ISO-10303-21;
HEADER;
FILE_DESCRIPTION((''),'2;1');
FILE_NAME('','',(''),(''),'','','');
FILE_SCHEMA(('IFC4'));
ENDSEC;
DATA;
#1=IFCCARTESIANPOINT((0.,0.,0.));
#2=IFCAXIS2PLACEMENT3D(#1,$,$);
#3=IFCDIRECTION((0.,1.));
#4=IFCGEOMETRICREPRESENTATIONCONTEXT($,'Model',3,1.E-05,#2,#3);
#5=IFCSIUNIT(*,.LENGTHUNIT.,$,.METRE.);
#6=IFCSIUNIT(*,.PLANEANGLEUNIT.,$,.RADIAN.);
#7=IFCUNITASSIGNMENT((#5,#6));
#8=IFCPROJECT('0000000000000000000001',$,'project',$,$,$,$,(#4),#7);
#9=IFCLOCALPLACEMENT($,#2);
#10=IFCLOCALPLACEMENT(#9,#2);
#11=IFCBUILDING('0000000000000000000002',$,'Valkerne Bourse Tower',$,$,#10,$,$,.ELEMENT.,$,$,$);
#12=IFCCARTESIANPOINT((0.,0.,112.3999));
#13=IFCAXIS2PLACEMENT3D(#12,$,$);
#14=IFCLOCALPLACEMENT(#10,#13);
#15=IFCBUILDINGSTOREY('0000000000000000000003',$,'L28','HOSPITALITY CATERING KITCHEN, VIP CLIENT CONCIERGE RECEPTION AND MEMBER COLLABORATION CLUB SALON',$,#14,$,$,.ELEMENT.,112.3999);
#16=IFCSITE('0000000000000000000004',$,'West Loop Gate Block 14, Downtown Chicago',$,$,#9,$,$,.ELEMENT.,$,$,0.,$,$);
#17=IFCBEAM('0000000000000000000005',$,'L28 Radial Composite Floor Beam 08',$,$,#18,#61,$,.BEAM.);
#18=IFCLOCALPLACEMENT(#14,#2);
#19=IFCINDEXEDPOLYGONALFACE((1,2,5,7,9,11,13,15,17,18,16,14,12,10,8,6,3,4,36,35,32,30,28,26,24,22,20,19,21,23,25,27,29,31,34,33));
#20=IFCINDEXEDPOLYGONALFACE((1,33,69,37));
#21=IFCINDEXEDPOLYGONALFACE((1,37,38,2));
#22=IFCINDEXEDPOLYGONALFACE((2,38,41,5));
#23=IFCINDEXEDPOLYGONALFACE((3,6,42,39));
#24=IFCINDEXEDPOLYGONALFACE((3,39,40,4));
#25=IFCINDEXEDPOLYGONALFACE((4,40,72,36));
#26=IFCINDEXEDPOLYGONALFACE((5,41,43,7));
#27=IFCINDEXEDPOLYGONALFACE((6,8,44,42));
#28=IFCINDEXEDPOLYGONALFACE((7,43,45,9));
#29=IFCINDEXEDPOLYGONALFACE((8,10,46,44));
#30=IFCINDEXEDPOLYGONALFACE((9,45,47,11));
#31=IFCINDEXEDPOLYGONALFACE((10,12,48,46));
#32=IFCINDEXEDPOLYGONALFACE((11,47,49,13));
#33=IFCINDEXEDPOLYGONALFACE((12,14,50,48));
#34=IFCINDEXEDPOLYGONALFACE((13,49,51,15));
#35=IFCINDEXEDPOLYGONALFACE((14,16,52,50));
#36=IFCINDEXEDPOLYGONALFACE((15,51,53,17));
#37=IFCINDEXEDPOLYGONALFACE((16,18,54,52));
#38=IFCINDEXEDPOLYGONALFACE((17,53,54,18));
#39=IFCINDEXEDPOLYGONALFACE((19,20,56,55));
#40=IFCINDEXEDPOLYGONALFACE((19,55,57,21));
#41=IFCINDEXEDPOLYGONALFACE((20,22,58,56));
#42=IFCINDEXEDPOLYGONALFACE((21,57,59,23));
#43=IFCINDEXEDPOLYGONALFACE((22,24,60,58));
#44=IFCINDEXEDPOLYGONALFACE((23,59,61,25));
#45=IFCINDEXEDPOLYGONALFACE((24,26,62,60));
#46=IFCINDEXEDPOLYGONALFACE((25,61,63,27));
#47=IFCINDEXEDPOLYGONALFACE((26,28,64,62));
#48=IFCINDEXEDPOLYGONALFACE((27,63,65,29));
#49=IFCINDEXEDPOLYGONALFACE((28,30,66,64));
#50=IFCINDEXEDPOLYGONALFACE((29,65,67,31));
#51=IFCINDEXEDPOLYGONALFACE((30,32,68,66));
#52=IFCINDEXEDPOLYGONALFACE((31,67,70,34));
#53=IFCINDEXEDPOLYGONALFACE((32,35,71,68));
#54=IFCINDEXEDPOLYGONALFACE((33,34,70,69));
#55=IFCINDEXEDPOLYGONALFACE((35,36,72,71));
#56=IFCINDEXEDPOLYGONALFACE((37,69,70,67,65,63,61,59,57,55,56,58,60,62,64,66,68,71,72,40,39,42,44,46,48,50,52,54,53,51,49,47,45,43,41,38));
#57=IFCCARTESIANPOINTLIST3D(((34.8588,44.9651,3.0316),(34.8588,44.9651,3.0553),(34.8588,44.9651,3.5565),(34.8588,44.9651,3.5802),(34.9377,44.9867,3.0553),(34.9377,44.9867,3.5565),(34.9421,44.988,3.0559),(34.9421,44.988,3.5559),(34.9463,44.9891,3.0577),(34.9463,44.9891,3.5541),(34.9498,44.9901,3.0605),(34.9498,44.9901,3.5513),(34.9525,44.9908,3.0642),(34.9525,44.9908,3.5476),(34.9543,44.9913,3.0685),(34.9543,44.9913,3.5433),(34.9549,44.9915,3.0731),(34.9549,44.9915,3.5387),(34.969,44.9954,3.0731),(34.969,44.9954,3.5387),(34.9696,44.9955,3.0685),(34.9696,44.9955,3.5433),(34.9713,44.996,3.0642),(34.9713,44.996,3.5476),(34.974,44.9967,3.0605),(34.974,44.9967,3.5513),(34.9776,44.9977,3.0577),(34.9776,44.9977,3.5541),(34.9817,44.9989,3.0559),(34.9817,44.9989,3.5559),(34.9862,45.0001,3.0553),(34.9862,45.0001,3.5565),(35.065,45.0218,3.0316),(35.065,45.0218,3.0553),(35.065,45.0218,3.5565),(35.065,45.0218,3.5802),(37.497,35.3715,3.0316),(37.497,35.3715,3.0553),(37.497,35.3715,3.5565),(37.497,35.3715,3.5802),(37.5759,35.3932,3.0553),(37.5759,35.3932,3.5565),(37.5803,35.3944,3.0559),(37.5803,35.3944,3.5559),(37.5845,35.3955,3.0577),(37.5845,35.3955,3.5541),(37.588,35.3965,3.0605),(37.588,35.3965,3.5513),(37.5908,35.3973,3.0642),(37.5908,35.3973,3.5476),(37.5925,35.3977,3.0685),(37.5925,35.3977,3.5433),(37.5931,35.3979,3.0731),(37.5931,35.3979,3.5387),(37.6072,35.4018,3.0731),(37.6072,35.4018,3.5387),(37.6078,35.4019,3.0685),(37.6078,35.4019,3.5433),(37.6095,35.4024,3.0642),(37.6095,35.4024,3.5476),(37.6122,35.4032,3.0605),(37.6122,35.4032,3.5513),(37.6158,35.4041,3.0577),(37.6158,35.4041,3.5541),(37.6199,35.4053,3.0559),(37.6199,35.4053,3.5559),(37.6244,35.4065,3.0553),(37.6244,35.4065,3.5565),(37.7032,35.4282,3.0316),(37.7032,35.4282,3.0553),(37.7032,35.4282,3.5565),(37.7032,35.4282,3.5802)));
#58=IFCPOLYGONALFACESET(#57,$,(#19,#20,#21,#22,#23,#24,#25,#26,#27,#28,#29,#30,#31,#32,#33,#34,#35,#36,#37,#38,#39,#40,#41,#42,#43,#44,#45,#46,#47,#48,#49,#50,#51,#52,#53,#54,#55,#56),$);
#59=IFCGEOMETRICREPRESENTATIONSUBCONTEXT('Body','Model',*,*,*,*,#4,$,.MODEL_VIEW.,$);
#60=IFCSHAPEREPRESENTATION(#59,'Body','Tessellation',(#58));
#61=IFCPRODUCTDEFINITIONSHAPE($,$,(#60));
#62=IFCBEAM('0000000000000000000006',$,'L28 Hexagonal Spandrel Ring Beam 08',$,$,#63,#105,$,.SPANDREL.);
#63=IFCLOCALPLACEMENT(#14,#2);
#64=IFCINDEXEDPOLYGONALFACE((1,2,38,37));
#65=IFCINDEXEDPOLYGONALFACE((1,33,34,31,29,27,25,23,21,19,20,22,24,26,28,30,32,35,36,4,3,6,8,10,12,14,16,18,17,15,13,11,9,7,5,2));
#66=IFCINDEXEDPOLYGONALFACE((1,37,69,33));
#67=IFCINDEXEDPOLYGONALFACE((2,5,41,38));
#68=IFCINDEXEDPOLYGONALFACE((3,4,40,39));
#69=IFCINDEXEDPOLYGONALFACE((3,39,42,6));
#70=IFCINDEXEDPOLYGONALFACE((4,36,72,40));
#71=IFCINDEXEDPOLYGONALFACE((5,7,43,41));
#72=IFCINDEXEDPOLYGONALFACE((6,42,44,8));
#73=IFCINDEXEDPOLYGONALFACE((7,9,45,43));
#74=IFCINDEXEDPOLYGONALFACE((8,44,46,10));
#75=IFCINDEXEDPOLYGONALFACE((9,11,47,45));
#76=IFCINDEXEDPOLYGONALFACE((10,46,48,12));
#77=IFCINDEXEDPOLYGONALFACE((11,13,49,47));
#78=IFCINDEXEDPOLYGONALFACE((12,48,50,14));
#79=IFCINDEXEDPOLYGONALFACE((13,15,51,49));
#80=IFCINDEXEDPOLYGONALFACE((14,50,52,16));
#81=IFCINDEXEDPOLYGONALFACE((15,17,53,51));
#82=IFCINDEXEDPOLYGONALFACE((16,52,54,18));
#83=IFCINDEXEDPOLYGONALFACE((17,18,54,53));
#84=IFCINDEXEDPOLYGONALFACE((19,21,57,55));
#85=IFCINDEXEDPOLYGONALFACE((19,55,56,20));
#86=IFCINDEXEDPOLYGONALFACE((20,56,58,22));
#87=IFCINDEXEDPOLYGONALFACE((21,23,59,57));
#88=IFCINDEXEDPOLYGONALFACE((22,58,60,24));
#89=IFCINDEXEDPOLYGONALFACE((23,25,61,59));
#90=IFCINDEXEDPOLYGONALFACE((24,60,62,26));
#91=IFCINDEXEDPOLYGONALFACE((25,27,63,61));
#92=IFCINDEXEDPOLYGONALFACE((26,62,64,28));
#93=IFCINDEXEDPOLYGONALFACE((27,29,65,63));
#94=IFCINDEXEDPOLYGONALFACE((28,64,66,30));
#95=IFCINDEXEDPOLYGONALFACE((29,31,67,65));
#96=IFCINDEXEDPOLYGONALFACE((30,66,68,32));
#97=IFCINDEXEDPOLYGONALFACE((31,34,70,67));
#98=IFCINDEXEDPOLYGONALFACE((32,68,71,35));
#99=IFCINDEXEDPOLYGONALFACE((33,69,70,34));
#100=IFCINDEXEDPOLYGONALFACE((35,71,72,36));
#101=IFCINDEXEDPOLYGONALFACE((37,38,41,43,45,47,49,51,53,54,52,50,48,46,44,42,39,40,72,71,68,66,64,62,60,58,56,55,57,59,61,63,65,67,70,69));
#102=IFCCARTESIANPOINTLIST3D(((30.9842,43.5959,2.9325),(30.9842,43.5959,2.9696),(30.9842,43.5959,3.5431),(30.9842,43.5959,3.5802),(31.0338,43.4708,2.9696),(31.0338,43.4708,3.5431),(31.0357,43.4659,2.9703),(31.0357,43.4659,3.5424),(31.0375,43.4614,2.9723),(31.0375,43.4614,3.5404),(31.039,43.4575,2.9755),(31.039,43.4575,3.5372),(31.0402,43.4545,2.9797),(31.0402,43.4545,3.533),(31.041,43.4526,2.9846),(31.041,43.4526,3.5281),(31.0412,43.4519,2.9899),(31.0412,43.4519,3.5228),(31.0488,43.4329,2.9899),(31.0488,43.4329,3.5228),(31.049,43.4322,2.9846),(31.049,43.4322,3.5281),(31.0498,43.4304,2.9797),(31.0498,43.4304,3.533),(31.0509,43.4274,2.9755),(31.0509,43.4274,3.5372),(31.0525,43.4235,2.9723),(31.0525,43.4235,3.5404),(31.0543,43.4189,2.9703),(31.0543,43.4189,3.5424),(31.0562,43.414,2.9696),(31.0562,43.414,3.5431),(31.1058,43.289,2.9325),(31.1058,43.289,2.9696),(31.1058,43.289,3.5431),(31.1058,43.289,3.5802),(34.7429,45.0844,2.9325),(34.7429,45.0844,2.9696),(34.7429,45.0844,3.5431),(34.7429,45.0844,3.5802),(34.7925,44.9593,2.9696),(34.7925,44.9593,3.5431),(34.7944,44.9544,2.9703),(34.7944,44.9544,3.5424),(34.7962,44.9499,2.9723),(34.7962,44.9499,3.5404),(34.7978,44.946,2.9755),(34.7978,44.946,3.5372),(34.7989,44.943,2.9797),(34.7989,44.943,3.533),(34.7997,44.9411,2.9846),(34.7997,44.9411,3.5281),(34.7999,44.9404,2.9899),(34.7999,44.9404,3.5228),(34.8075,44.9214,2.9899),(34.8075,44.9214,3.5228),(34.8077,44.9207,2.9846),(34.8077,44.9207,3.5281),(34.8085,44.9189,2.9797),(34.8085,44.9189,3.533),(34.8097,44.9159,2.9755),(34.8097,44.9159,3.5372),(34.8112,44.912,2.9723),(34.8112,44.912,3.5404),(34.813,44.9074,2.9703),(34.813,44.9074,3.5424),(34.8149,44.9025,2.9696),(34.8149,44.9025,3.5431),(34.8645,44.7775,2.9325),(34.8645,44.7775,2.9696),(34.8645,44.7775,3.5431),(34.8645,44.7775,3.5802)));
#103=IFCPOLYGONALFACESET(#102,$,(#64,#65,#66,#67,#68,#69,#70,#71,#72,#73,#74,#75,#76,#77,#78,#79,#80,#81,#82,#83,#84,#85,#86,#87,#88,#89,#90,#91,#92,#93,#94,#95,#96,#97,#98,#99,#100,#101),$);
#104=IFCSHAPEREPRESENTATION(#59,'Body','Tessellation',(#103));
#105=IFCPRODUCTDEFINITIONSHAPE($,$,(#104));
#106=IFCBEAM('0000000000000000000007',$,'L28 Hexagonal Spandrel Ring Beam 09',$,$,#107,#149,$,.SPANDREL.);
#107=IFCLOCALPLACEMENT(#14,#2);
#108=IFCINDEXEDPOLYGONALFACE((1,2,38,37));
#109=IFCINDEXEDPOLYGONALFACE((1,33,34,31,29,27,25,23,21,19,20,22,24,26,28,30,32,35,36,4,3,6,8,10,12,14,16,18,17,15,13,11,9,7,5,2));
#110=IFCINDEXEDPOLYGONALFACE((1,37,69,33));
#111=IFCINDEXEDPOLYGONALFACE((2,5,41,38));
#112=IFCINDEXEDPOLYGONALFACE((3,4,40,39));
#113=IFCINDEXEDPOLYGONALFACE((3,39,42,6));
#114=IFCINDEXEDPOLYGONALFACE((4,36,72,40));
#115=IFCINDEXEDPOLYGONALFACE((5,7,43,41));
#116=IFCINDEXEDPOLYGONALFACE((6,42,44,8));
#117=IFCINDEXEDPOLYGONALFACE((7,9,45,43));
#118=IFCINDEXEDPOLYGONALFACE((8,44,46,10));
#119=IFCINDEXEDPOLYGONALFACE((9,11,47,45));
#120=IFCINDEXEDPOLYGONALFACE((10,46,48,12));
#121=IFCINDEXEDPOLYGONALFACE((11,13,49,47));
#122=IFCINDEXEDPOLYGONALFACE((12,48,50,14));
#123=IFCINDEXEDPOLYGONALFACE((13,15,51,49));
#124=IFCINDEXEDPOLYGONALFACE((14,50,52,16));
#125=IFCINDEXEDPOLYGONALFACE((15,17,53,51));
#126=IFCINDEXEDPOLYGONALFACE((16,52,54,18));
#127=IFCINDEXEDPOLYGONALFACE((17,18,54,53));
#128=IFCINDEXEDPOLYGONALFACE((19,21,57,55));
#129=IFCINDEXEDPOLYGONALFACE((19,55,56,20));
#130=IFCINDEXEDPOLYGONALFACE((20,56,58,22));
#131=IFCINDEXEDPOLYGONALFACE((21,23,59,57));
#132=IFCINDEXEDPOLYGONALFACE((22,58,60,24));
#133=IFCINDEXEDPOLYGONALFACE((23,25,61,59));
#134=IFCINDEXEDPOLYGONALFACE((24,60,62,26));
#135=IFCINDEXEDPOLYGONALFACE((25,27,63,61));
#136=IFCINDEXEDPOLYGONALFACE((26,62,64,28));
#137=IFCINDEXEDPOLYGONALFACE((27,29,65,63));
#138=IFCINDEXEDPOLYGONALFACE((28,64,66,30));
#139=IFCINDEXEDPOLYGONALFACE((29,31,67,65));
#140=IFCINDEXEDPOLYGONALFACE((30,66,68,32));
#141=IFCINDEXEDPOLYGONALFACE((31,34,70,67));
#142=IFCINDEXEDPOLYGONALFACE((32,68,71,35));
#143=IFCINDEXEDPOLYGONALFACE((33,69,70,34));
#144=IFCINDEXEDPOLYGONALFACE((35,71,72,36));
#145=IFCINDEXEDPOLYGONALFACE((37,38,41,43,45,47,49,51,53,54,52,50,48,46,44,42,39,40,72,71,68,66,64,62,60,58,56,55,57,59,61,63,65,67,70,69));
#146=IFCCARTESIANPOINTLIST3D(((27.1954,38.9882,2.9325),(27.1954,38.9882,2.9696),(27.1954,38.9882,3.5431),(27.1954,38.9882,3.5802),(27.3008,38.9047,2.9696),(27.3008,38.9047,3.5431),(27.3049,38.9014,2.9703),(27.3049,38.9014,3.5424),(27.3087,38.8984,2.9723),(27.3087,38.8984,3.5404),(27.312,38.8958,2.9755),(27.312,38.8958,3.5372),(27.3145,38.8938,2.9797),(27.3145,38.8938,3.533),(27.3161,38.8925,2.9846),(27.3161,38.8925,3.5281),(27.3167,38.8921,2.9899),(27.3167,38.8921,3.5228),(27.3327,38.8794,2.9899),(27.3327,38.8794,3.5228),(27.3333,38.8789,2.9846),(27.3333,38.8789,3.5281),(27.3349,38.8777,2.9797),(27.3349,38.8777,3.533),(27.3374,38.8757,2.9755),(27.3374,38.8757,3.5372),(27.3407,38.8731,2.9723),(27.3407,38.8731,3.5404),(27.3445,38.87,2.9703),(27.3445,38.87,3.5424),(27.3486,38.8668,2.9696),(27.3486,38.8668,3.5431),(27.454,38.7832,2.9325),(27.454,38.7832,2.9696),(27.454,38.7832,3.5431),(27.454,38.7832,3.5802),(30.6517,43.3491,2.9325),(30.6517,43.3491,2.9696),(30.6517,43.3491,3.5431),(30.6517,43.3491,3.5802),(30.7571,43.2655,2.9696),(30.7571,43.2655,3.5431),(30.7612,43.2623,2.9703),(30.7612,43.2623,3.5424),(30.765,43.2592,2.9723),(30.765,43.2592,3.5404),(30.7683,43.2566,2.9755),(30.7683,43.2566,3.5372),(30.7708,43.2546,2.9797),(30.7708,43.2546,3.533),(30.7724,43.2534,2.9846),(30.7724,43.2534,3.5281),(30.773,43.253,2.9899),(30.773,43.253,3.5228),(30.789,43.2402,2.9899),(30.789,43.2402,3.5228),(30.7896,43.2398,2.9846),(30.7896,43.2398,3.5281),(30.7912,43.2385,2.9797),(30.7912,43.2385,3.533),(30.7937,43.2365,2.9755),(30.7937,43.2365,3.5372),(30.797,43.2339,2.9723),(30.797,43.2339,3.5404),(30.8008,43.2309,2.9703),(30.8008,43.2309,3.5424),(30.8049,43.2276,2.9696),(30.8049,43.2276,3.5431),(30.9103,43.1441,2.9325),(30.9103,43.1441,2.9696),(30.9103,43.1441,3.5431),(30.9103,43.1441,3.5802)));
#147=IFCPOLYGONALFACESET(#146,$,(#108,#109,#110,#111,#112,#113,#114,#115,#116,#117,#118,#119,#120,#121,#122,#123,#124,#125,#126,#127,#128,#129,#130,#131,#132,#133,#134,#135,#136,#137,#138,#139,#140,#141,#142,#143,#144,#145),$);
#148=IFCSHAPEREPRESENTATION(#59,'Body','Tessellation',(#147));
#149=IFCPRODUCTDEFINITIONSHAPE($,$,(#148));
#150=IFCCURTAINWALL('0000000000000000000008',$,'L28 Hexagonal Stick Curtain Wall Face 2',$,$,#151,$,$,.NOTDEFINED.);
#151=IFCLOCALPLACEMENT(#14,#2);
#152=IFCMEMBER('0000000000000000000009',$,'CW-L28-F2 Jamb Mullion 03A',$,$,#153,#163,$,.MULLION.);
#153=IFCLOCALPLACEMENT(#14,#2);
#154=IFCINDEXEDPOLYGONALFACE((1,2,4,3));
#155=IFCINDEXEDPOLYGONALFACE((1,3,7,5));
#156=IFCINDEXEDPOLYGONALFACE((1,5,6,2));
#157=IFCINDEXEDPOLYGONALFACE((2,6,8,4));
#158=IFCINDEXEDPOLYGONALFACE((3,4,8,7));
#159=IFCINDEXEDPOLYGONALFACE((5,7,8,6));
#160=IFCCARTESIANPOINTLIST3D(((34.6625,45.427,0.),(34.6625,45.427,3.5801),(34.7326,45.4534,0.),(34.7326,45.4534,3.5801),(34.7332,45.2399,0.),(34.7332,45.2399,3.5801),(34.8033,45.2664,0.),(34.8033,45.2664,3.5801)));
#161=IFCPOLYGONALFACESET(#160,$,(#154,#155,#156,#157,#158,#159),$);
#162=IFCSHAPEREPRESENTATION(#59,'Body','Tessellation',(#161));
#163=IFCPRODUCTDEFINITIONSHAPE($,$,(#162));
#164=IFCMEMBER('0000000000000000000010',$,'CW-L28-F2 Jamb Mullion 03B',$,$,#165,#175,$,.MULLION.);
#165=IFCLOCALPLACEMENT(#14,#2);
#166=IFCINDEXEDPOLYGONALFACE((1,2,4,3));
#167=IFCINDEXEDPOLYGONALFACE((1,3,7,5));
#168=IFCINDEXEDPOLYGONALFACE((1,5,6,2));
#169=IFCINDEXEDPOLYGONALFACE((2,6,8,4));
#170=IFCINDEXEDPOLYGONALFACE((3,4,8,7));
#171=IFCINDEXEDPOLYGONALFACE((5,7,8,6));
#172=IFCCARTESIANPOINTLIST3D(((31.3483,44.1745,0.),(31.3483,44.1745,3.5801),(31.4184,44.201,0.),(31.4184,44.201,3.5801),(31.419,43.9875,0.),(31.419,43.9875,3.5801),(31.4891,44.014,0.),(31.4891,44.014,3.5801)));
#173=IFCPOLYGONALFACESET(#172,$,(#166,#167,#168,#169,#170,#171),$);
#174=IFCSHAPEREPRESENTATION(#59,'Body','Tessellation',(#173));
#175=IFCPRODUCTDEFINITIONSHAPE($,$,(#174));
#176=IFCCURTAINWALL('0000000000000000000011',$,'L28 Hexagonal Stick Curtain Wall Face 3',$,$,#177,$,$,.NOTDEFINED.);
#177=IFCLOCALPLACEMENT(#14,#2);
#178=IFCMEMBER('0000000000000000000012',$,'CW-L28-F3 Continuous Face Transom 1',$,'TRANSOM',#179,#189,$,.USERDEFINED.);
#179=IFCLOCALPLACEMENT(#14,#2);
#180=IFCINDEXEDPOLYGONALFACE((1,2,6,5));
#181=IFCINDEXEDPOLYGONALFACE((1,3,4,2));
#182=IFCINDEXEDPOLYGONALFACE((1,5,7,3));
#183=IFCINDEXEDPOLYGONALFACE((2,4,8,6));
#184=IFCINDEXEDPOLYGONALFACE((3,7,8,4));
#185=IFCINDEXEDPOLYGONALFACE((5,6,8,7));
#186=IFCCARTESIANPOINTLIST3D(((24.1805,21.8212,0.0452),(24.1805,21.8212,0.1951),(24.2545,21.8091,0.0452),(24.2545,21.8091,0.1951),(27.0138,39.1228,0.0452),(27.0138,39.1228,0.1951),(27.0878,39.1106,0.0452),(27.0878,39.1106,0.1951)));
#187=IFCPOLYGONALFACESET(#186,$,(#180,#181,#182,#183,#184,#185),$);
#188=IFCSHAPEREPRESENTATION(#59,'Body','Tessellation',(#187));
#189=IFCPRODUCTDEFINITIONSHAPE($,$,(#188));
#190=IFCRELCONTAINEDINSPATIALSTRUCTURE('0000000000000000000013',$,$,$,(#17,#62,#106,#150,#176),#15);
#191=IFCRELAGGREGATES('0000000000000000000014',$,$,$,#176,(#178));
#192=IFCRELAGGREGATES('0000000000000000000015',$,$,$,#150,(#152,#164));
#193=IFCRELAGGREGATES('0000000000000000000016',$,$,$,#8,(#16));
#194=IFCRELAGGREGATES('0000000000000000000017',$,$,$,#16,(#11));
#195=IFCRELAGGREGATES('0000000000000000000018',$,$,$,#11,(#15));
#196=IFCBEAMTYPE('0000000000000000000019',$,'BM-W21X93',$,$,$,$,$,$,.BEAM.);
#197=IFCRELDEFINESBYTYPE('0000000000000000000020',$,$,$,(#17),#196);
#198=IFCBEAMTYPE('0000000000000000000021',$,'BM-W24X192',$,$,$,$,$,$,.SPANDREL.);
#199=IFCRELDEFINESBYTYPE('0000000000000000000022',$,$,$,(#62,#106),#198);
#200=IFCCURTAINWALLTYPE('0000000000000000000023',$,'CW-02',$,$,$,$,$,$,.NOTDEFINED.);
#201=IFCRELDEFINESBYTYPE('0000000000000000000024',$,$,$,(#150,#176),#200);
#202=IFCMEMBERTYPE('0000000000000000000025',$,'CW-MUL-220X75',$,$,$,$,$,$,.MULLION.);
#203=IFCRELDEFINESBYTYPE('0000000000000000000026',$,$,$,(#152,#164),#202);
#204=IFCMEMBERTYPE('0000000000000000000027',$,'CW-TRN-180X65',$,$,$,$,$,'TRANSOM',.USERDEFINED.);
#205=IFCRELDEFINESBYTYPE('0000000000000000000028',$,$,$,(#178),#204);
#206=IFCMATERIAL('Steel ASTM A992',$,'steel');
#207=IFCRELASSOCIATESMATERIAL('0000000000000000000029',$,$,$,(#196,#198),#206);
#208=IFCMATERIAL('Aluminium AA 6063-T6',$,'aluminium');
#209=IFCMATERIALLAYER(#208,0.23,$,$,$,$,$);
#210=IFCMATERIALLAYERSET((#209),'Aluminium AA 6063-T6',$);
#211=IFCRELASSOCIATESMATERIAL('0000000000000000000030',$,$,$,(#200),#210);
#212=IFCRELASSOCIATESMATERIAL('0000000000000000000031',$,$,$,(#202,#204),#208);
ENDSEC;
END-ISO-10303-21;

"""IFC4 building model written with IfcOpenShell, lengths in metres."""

from ifc_helpers import new_model, si_unit, direction, frame, origin, origin_2d, place, context, subcontext, project, spatial, rectangle, i_section, extrude, material, layer, layer_set, material_profile, profile_set, type_object, element, aggregate, save


model = new_model("IFC4")

# Units and contexts
model_context = context("Model", 3, precision=1e-05, world=origin(), true_north=direction((0.0, 1.0)))
body_context = subcontext(model_context, "Body", "Model", "MODEL_VIEW")
ifc_project = project(units=[si_unit("LENGTHUNIT", "METRE"), si_unit("PLANEANGLEUNIT", "RADIAN")], contexts=[model_context])

# Site, building, storey
site_placement = place(None, origin())
site = spatial("IfcSite", under=ifc_project, at=site_placement, Name="West Loop Gate Block 14, Downtown Chicago", CompositionType="ELEMENT", RefElevation=0.0)
building_placement = place(site_placement, origin())
building = spatial("IfcBuilding", under=site, at=building_placement, Name="Valkerne Bourse Tower", CompositionType="ELEMENT")
storey_placement = place(building_placement, frame((0.0, 0.0, 112.3999)))
storey = spatial("IfcBuildingStorey", under=building, at=storey_placement, Name="L28", Description="HOSPITALITY CATERING KITCHEN, VIP CLIENT CONCIERGE RECEPTION AND MEMBER COLLABORATION CLUB SALON", CompositionType="ELEMENT", Elevation=112.3999)

# Beams
ifc_material_1 = material(Name="Steel ASTM A992", Category="steel")
ifc_material_profile_1 = material_profile(ifc_material_1, i_section(OverallWidth=0.2139, OverallDepth=0.5486, WebThickness=0.0146, FlangeThickness=0.0237, FilletRadius=0.0178, at=origin_2d()), Name="W21X93")
ifc_profile_set_1 = profile_set([ifc_material_profile_1], Name="Steel ASTM A992")
beam_type_1 = type_object("IfcBeamType", Name="BM-W21X93", PredefinedType="BEAM", material=ifc_profile_set_1)
beam_1_placement = place(storey_placement, frame((34.9619, 44.9934, 3.3059), z_axis=(0.265154, -0.964206, 0.0), x_axis=(0.964206, 0.265154, 0.0)))
element("IfcBeam", 1, at=beam_1_placement, inside=storey, type_object=beam_type_1, Name="L28 Radial Composite Floor Beam 08", PredefinedType="BEAM", context=body_context, shape_type="SweptSolid", body=[
    extrude(i_section(OverallWidth=0.2139, OverallDepth=0.5486, WebThickness=0.0146, FlangeThickness=0.0237, FilletRadius=0.0178, at=origin_2d()), origin(), (0.0, 0.0, 1.0), 9.9497),
])
ifc_material_profile_2 = material_profile(ifc_material_1, i_section(OverallWidth=0.3301, OverallDepth=0.6477, WebThickness=0.0205, FlangeThickness=0.0371, FilletRadius=0.0203, at=origin_2d()), Name="W24X192")
ifc_profile_set_2 = profile_set([ifc_material_profile_2], Name="Steel ASTM A992")
beam_type_2 = type_object("IfcBeamType", Name="BM-W24X192", PredefinedType="SPANDREL", material=ifc_profile_set_2)
beam_2_placement = place(storey_placement, frame((34.8037, 44.9309, 3.2563), z_axis=(-0.92975, -0.368192, 0.0), x_axis=(0.368192, -0.92975, 0.0)))
element("IfcBeam", 2, at=beam_2_placement, inside=storey, type_object=beam_type_2, Name="L28 Hexagonal Spandrel Ring Beam 08", PredefinedType="SPANDREL", context=body_context, shape_type="SweptSolid", body=[
    extrude(i_section(OverallWidth=0.3301, OverallDepth=0.6477, WebThickness=0.0205, FlangeThickness=0.0371, FilletRadius=0.0203, at=origin_2d()), origin(), (0.0, 0.0, 1.0), 4.0427),
])
beam_3_placement = place(storey_placement, frame((30.781, 43.2466, 3.2563), z_axis=(-0.621141, -0.783699, 0.0), x_axis=(0.783699, -0.621141, 0.0)))
element("IfcBeam", 3, at=beam_3_placement, inside=storey, type_object=beam_type_2, Name="L28 Hexagonal Spandrel Ring Beam 09", PredefinedType="SPANDREL", context=body_context, shape_type="SweptSolid", body=[
    extrude(i_section(OverallWidth=0.3301, OverallDepth=0.6477, WebThickness=0.0205, FlangeThickness=0.0371, FilletRadius=0.0203, at=origin_2d()), origin(), (0.0, 0.0, 1.0), 5.5645),
])

# Curtain walls, members
ifc_material_2 = material(Name="Aluminium AA 6063-T6", Category="aluminium")
ifc_layer_1 = layer(ifc_material_2, 0.23)
ifc_layer_set_1 = layer_set([ifc_layer_1], Name="Aluminium AA 6063-T6")
curtain_wall_type = type_object("IfcCurtainWallType", Name="CW-02", PredefinedType="NOTDEFINED", material=ifc_layer_set_1)
curtain_wall_1_placement = place(storey_placement, origin())
curtain_wall_1 = element("IfcCurtainWall", 4, at=curtain_wall_1_placement, inside=storey, type_object=curtain_wall_type, Name="L28 Hexagonal Stick Curtain Wall Face 2", PredefinedType="NOTDEFINED")
ifc_material_profile_3 = material_profile(ifc_material_2, rectangle(XDim=0.075, YDim=0.2, at=origin_2d()), Name="CWM-75X200")
ifc_profile_set_3 = profile_set([ifc_material_profile_3], Name="Aluminium AA 6063-T6")
member_type_1 = type_object("IfcMemberType", Name="CW-MUL-220X75", PredefinedType="MULLION", material=ifc_profile_set_3)
member_1_placement = place(storey_placement, frame((34.7329, 45.3467, 0.0), z_axis=(0.0, 0.0, 1.0), x_axis=(-0.935444, -0.353475, 0.0)))
member_1 = element("IfcMember", 5, at=member_1_placement, type_object=member_type_1, Name="CW-L28-F2 Jamb Mullion 03A", PredefinedType="MULLION", context=body_context, shape_type="SweptSolid", body=[
    extrude(rectangle(XDim=0.075, YDim=0.2, at=origin_2d()), origin(), (0.0, 0.0, 1.0), 3.5801),
])
member_2_placement = place(storey_placement, frame((31.4187, 44.0942, 0.0), z_axis=(0.0, 0.0, 1.0), x_axis=(-0.935444, -0.353475, 0.0)))
member_2 = element("IfcMember", 6, at=member_2_placement, type_object=member_type_1, Name="CW-L28-F2 Jamb Mullion 03B", PredefinedType="MULLION", context=body_context, shape_type="SweptSolid", body=[
    extrude(rectangle(XDim=0.075, YDim=0.2, at=origin_2d()), origin(), (0.0, 0.0, 1.0), 3.5801),
])
curtain_wall_2_placement = place(storey_placement, origin())
curtain_wall_2 = element("IfcCurtainWall", 7, at=curtain_wall_2_placement, inside=storey, type_object=curtain_wall_type, Name="L28 Hexagonal Stick Curtain Wall Face 3", PredefinedType="NOTDEFINED")
ifc_material_profile_4 = material_profile(ifc_material_2, rectangle(XDim=0.075, YDim=0.1499, at=origin_2d()), Name="CWT-75X150")
ifc_profile_set_4 = profile_set([ifc_material_profile_4], Name="Aluminium AA 6063-T6")
member_type_2 = type_object("IfcMemberType", Name="CW-TRN-180X65", ElementType="TRANSOM", PredefinedType="USERDEFINED", material=ifc_profile_set_4)
member_3_placement = place(storey_placement, frame((27.0508, 39.1167, 0.1201), z_axis=(-0.161605, -0.986856, 0.0), x_axis=(0.986856, -0.161605, 0.0)))
member_3 = element("IfcMember", 8, at=member_3_placement, type_object=member_type_2, Name="CW-L28-F3 Continuous Face Transom 1", ObjectType="TRANSOM", PredefinedType="USERDEFINED", context=body_context, shape_type="SweptSolid", body=[
    extrude(rectangle(XDim=0.075, YDim=0.1499, at=origin_2d()), origin(), (0.0, 0.0, 1.0), 17.532),
])
aggregate(curtain_wall_2, [member_3])

aggregate(curtain_wall_1, [member_1, member_2])

save(model, "model.ifc")
